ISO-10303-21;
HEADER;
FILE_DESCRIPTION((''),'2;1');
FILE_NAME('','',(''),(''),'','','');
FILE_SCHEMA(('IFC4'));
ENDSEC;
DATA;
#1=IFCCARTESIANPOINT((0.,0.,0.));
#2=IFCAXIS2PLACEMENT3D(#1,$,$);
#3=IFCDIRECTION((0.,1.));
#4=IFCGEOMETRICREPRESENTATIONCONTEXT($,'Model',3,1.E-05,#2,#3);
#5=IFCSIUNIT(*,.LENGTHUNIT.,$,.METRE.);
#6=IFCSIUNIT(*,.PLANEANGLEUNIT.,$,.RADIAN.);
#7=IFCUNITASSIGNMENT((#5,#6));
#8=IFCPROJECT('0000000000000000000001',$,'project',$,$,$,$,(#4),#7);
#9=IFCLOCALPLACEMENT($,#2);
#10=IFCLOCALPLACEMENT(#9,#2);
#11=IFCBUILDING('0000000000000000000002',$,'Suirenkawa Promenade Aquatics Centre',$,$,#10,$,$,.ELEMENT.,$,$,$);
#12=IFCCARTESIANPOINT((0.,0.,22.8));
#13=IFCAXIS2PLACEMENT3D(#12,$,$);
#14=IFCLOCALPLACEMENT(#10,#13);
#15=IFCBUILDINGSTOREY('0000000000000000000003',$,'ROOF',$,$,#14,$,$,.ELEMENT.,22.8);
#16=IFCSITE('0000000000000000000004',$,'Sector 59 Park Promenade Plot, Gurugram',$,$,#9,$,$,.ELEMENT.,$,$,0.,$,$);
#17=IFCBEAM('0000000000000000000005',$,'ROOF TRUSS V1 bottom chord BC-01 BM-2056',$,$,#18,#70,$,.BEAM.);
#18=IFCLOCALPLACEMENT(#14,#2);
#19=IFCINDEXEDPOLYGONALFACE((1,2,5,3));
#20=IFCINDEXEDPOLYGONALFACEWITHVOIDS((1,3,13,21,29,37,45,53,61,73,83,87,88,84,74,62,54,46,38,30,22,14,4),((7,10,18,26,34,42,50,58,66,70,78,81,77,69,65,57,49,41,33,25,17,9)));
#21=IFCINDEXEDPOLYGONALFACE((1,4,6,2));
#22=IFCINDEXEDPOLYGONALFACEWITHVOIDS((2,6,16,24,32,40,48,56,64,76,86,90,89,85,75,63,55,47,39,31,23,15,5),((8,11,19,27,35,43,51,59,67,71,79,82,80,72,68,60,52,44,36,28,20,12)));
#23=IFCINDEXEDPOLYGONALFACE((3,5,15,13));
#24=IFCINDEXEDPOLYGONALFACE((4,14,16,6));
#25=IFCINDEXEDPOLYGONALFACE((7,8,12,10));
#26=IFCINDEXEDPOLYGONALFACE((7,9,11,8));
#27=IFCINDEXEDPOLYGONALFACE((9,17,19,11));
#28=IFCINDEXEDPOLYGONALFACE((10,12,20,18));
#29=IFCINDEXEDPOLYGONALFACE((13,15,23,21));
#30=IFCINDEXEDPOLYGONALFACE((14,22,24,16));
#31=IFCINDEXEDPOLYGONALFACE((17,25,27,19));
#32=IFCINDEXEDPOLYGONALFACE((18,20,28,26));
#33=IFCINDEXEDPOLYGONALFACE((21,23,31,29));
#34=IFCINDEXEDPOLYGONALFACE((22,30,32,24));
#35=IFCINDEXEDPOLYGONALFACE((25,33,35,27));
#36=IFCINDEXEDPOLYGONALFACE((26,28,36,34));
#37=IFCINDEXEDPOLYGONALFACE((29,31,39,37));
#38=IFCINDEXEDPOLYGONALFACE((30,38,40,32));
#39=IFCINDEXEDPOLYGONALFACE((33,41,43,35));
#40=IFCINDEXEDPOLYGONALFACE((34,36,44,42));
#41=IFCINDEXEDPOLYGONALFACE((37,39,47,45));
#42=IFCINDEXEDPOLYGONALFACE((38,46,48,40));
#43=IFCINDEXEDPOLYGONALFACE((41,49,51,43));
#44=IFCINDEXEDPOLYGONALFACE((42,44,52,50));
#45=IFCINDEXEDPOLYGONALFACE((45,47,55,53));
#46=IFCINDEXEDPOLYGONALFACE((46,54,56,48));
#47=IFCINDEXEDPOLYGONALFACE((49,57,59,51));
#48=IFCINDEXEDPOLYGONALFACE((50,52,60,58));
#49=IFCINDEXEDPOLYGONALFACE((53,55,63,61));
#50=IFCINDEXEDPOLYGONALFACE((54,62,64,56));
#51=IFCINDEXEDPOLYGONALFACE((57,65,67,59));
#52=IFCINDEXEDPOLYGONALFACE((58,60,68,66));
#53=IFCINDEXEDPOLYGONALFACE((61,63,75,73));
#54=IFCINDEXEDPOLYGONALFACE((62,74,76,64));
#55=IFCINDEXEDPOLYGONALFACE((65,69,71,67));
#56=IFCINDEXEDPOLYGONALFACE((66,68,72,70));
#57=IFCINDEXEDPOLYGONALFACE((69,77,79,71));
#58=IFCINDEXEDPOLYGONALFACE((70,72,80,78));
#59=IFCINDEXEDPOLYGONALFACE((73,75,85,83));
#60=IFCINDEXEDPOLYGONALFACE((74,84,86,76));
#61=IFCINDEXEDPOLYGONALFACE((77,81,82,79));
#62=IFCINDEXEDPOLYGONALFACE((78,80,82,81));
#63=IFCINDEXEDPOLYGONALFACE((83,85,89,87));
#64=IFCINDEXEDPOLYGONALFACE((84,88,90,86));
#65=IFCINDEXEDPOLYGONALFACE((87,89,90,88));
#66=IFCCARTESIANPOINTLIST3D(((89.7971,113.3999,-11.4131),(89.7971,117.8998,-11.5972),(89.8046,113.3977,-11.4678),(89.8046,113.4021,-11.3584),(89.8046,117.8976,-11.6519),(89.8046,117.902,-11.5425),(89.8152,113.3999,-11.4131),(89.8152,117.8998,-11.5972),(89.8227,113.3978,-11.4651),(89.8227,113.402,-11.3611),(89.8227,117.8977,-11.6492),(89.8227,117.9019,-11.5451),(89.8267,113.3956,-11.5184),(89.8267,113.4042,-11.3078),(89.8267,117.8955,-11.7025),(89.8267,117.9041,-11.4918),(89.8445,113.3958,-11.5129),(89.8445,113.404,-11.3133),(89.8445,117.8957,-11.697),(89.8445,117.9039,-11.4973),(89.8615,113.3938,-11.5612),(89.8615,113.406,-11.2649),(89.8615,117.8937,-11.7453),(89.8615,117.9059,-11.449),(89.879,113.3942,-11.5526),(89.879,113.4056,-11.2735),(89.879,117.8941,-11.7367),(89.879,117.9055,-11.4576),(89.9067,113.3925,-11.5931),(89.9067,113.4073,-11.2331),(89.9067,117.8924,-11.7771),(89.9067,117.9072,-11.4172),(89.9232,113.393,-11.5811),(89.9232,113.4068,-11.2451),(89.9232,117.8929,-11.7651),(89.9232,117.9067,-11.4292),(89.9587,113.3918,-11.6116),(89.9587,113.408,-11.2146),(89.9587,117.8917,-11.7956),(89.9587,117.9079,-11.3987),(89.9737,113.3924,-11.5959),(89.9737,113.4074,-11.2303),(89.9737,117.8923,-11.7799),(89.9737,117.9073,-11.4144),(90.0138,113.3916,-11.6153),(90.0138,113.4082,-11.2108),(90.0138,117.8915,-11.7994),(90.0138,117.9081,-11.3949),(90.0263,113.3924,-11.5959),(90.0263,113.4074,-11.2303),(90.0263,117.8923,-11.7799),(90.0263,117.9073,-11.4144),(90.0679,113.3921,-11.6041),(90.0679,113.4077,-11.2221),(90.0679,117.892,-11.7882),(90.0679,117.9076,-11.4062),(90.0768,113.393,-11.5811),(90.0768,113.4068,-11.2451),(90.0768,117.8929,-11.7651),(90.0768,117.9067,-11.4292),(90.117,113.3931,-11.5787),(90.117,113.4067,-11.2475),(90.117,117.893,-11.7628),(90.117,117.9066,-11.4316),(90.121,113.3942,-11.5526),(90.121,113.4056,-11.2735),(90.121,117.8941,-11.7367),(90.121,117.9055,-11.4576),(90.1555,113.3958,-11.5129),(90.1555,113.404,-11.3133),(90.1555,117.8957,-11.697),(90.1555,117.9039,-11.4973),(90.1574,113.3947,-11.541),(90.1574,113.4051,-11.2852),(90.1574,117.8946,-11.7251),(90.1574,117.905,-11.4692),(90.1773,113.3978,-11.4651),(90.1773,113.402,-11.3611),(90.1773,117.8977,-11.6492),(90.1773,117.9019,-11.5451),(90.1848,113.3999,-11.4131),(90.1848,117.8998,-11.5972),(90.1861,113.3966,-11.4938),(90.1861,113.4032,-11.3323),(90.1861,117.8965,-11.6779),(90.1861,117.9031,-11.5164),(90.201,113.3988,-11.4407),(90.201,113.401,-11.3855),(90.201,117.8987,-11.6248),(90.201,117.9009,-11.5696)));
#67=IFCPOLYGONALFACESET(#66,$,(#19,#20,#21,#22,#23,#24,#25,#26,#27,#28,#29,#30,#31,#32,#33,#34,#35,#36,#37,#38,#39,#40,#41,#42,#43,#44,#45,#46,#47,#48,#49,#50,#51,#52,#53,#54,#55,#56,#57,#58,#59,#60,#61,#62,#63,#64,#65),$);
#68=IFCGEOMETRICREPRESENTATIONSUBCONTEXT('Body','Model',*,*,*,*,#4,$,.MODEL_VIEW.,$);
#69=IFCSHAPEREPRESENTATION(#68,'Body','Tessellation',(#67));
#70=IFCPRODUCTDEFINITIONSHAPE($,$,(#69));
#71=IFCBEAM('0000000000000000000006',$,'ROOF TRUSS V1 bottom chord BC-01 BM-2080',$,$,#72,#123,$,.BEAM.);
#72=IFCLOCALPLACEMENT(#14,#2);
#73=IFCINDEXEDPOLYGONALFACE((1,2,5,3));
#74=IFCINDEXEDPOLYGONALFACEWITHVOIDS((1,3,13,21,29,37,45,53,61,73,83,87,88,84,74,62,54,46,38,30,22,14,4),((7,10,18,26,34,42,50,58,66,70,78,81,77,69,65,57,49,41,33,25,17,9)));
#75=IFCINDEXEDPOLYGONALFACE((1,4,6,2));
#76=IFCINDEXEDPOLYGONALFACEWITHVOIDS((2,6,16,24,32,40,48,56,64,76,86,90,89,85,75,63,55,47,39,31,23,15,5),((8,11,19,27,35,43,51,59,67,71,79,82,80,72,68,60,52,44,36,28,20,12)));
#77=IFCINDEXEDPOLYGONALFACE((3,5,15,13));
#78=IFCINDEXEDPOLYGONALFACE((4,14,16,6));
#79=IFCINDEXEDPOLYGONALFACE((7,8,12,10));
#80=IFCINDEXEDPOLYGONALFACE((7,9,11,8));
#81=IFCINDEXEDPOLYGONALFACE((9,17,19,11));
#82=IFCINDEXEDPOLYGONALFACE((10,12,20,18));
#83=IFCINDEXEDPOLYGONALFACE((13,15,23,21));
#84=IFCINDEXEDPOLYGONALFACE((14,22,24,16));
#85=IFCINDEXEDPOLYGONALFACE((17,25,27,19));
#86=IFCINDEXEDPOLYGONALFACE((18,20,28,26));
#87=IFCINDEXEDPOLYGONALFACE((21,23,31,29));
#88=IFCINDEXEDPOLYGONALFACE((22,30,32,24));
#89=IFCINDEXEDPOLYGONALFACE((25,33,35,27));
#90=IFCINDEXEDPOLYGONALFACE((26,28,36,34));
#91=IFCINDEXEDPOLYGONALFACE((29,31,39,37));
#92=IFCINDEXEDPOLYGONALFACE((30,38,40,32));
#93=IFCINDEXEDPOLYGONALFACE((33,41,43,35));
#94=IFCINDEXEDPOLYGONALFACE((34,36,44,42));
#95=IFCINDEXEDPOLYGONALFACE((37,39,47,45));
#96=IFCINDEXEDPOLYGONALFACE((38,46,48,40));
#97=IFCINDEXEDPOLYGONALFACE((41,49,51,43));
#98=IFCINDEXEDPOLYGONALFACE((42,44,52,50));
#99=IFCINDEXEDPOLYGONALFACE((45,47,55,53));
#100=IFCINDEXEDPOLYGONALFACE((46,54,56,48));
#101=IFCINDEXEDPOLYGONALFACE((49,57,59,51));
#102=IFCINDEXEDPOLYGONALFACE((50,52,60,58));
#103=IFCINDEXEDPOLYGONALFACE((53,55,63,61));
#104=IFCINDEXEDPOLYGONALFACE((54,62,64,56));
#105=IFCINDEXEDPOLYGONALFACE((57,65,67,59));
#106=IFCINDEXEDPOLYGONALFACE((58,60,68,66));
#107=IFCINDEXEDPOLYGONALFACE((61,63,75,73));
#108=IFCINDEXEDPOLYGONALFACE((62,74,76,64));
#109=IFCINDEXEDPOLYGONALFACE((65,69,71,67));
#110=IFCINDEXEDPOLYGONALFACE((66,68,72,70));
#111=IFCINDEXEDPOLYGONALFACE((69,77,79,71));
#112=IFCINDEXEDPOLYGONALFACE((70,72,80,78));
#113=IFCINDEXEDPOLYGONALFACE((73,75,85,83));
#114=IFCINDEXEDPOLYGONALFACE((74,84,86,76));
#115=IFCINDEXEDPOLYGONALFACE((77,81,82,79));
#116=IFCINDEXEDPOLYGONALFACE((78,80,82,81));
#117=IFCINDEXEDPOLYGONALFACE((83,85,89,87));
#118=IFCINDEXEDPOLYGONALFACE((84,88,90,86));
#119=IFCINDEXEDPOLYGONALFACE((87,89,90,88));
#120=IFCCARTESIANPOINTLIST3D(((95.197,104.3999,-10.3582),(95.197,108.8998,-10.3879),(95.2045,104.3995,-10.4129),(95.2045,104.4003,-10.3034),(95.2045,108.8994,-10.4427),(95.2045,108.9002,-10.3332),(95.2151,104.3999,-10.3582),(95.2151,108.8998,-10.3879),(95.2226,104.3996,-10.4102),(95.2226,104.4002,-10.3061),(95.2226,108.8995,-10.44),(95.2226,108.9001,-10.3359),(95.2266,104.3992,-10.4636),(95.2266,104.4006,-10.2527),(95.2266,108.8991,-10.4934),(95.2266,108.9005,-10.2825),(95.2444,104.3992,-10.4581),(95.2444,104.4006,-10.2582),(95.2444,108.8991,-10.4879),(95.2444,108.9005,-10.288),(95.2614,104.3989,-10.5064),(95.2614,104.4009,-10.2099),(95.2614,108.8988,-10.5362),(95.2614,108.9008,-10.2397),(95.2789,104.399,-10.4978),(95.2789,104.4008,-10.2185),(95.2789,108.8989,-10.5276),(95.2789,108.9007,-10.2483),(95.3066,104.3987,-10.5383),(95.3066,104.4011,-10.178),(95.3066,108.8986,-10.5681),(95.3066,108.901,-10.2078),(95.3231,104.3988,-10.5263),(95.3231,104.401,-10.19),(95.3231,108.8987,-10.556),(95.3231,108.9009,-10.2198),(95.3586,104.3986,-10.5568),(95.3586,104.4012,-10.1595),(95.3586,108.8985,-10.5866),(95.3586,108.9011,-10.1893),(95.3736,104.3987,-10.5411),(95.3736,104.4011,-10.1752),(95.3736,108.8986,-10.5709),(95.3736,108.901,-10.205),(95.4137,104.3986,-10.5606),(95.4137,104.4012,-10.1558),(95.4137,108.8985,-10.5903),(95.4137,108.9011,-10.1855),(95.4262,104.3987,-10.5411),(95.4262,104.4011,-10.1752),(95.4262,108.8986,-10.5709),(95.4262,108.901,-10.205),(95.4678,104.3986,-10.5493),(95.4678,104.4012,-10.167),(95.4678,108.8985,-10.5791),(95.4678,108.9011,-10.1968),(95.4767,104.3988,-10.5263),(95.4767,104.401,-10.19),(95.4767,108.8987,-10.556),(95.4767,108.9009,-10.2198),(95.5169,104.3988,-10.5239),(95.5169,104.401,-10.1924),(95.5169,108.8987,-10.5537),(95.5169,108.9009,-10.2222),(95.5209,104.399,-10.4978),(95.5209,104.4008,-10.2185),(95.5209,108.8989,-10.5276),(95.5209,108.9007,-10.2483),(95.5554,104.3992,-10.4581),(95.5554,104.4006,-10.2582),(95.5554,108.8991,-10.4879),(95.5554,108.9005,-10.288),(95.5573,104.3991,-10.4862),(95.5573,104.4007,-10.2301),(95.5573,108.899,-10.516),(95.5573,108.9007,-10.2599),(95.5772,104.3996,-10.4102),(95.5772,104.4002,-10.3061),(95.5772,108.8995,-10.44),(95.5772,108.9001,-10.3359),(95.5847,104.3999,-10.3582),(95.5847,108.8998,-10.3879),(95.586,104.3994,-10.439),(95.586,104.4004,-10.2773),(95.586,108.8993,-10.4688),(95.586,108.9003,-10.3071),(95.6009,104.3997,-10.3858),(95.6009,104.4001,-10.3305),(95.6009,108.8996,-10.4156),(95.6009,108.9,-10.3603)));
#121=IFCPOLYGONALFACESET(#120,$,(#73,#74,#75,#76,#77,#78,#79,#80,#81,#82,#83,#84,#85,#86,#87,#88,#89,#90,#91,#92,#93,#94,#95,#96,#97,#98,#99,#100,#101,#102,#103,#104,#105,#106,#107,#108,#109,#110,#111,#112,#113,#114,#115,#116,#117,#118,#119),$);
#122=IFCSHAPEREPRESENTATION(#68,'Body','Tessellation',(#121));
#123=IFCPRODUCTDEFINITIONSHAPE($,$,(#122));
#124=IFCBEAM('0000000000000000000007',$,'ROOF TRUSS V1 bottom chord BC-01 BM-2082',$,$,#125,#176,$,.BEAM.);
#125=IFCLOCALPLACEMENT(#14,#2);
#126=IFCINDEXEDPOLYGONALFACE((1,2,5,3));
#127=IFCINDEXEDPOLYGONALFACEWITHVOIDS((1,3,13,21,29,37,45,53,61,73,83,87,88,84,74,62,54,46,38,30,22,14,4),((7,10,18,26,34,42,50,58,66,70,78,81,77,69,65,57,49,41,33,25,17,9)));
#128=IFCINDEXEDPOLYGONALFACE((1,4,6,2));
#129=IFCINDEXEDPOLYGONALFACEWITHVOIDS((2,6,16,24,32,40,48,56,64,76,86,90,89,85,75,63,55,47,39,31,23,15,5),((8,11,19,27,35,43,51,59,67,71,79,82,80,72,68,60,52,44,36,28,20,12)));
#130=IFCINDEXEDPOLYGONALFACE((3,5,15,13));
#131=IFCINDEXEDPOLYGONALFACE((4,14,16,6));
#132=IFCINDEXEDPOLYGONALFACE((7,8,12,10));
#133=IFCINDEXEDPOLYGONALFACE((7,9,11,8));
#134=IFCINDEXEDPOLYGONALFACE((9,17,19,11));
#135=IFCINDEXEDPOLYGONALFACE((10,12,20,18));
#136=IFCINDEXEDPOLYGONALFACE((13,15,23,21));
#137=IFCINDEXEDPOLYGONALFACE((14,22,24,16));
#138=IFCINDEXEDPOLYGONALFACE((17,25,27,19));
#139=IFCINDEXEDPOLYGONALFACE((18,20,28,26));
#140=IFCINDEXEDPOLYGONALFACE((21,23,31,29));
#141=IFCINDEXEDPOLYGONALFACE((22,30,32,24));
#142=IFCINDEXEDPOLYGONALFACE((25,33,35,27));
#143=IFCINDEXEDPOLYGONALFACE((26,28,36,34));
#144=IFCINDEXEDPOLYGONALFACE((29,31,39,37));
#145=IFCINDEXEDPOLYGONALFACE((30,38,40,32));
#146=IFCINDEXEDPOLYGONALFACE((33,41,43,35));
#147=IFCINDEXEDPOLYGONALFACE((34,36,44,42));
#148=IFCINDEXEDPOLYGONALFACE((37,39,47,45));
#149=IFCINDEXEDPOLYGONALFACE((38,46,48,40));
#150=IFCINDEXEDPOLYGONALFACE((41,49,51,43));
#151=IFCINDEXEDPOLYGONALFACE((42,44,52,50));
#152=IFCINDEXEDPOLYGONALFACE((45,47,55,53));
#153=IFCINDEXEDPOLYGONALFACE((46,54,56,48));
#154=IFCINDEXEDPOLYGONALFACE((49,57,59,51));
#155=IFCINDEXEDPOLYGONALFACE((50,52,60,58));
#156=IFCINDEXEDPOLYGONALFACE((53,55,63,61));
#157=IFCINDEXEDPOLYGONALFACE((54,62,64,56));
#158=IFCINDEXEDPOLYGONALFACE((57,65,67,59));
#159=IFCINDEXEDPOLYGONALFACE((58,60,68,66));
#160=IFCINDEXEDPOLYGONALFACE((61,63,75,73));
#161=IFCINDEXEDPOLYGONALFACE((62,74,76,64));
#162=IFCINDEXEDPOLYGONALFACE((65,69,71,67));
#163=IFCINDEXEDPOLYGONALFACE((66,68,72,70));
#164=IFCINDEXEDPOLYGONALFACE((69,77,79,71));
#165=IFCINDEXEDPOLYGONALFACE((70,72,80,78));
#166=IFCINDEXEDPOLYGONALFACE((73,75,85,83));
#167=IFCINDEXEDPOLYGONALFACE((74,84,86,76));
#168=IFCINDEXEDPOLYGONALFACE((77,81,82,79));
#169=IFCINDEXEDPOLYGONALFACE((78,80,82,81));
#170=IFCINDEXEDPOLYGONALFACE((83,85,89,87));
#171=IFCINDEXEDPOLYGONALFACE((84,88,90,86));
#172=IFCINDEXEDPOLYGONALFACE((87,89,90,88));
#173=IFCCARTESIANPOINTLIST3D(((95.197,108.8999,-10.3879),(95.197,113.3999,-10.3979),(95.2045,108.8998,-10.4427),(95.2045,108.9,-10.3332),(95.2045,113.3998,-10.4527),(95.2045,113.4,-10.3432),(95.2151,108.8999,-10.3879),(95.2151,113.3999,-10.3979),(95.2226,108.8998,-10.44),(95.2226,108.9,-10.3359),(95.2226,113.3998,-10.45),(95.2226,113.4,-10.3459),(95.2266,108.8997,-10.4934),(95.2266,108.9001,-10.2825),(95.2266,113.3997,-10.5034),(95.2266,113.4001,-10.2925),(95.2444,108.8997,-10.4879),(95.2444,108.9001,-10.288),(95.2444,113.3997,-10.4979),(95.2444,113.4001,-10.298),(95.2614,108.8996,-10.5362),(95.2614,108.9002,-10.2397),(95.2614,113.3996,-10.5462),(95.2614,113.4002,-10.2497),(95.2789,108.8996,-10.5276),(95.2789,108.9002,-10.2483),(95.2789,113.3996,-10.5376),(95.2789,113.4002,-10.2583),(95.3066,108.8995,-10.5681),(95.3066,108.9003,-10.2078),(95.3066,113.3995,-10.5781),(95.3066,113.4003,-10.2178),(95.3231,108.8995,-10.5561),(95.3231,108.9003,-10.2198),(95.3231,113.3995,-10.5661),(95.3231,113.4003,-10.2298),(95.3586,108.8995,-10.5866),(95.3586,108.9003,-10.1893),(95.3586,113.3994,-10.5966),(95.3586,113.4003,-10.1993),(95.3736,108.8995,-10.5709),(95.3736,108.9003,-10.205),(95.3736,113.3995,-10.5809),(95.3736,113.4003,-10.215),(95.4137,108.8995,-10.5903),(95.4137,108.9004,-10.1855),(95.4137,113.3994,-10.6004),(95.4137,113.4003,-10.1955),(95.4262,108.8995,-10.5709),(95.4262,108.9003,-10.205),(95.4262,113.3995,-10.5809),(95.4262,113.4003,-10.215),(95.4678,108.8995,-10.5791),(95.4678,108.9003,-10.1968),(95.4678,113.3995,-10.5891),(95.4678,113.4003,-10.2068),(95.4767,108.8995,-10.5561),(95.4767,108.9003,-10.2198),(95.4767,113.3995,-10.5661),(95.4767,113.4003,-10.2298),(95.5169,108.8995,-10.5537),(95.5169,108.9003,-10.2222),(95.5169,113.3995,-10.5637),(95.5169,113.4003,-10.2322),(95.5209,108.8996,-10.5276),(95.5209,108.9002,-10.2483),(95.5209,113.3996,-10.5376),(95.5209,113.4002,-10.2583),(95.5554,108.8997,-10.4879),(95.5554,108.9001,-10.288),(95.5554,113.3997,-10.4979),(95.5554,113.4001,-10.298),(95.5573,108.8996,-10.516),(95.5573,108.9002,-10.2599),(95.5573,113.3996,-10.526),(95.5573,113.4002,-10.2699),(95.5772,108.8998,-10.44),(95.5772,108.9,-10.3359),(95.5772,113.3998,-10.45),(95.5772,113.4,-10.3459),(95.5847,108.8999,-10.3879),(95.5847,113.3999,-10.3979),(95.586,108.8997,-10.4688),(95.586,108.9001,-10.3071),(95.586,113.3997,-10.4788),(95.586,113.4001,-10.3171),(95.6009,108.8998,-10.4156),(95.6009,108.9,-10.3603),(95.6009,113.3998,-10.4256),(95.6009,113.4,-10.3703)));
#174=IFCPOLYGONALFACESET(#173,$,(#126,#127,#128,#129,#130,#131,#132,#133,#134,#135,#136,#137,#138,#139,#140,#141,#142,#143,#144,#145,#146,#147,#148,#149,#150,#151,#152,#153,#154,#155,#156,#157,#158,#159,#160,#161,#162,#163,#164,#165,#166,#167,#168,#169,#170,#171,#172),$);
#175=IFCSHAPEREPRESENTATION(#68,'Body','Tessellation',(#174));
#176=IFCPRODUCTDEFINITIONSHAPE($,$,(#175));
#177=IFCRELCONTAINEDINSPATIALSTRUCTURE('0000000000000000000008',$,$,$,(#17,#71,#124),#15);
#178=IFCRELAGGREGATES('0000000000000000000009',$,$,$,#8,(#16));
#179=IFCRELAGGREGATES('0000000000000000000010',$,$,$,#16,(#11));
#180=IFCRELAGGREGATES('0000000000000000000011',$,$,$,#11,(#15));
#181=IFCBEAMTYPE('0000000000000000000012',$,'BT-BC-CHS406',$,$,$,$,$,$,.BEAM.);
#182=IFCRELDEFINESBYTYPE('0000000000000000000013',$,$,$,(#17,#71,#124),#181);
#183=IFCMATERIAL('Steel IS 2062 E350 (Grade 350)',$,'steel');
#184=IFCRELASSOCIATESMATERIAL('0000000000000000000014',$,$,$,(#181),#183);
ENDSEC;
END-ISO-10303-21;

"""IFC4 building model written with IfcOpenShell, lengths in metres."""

from ifc_helpers import new_model, si_unit, direction, frame, origin, origin_2d, place, context, subcontext, project, spatial, hollow_circle, extrude, material, material_profile, profile_set, type_object, element, save


model = new_model("IFC4")

# Units and contexts
model_context = context("Model", 3, precision=1e-05, world=origin(), true_north=direction((0.0, 1.0)))
body_context = subcontext(model_context, "Body", "Model", "MODEL_VIEW")
ifc_project = project(units=[si_unit("LENGTHUNIT", "METRE"), si_unit("PLANEANGLEUNIT", "RADIAN")], contexts=[model_context])

# Site, building, storey
site_placement = place(None, origin())
site = spatial("IfcSite", under=ifc_project, at=site_placement, Name="Sector 59 Park Promenade Plot, Gurugram", CompositionType="ELEMENT", RefElevation=0.0)
building_placement = place(site_placement, origin())
building = spatial("IfcBuilding", under=site, at=building_placement, Name="Suirenkawa Promenade Aquatics Centre", CompositionType="ELEMENT")
storey_placement = place(building_placement, frame((0.0, 0.0, 22.8)))
storey = spatial("IfcBuildingStorey", under=building, at=storey_placement, Name="ROOF", CompositionType="ELEMENT", Elevation=22.8)

# Beams
ifc_material = material(Name="Steel IS 2062 E350 (Grade 350)", Category="steel")
ifc_material_profile_1 = material_profile(ifc_material, hollow_circle(Radius=0.2029, WallThickness=0.0181, at=origin_2d()), Name="CHS 406x18", Category="steel")
ifc_profile_set_1 = profile_set([ifc_material_profile_1], Name="Steel IS 2062 E350 (Grade 350)")
beam_type_1 = type_object("IfcBeamType", Name="BT-BC-CHS406", PredefinedType="BEAM", material=ifc_profile_set_1)
beam_placement = place(storey_placement, frame((90.0, 113.3999, -11.4131), z_axis=(0.0, 0.999164, -0.040873), x_axis=(-1.0, 0.0, 0.0)))
element("IfcBeam", 1, at=beam_placement, inside=storey, type_object=beam_type_1, Name="ROOF TRUSS V1 bottom chord BC-01 BM-2056", PredefinedType="BEAM", context=body_context, shape_type="SweptSolid", body=[
    extrude(hollow_circle(Radius=0.2029, WallThickness=0.0181, at=origin_2d()), origin(), (0.0, 0.0, 1.0), 4.5037),
])
for number, where, z_axis, x_axis, name in (
    (2, (95.3999, 104.3999, -10.3582), (0.0, 0.999978, -0.006619), (-1.0, 0.0, 0.0), "ROOF TRUSS V1 bottom chord BC-01 BM-2080"),
    (3, (95.3999, 108.8999, -10.3879), (0.0, 0.999998, -0.002224), (-1.0, 0.0, 0.0), "ROOF TRUSS V1 bottom chord BC-01 BM-2082"),
):
    element("IfcBeam", number, at=place(storey_placement, frame(where, z_axis=z_axis, x_axis=x_axis)), inside=storey, type_object=beam_type_1, Name=name, PredefinedType="BEAM", context=body_context, shape_type="SweptSolid", body=[
        extrude(hollow_circle(Radius=0.2029, WallThickness=0.0181, at=origin_2d()), origin(), (0.0, 0.0, 1.0), 4.5),
    ])

save(model, "model.ifc")
